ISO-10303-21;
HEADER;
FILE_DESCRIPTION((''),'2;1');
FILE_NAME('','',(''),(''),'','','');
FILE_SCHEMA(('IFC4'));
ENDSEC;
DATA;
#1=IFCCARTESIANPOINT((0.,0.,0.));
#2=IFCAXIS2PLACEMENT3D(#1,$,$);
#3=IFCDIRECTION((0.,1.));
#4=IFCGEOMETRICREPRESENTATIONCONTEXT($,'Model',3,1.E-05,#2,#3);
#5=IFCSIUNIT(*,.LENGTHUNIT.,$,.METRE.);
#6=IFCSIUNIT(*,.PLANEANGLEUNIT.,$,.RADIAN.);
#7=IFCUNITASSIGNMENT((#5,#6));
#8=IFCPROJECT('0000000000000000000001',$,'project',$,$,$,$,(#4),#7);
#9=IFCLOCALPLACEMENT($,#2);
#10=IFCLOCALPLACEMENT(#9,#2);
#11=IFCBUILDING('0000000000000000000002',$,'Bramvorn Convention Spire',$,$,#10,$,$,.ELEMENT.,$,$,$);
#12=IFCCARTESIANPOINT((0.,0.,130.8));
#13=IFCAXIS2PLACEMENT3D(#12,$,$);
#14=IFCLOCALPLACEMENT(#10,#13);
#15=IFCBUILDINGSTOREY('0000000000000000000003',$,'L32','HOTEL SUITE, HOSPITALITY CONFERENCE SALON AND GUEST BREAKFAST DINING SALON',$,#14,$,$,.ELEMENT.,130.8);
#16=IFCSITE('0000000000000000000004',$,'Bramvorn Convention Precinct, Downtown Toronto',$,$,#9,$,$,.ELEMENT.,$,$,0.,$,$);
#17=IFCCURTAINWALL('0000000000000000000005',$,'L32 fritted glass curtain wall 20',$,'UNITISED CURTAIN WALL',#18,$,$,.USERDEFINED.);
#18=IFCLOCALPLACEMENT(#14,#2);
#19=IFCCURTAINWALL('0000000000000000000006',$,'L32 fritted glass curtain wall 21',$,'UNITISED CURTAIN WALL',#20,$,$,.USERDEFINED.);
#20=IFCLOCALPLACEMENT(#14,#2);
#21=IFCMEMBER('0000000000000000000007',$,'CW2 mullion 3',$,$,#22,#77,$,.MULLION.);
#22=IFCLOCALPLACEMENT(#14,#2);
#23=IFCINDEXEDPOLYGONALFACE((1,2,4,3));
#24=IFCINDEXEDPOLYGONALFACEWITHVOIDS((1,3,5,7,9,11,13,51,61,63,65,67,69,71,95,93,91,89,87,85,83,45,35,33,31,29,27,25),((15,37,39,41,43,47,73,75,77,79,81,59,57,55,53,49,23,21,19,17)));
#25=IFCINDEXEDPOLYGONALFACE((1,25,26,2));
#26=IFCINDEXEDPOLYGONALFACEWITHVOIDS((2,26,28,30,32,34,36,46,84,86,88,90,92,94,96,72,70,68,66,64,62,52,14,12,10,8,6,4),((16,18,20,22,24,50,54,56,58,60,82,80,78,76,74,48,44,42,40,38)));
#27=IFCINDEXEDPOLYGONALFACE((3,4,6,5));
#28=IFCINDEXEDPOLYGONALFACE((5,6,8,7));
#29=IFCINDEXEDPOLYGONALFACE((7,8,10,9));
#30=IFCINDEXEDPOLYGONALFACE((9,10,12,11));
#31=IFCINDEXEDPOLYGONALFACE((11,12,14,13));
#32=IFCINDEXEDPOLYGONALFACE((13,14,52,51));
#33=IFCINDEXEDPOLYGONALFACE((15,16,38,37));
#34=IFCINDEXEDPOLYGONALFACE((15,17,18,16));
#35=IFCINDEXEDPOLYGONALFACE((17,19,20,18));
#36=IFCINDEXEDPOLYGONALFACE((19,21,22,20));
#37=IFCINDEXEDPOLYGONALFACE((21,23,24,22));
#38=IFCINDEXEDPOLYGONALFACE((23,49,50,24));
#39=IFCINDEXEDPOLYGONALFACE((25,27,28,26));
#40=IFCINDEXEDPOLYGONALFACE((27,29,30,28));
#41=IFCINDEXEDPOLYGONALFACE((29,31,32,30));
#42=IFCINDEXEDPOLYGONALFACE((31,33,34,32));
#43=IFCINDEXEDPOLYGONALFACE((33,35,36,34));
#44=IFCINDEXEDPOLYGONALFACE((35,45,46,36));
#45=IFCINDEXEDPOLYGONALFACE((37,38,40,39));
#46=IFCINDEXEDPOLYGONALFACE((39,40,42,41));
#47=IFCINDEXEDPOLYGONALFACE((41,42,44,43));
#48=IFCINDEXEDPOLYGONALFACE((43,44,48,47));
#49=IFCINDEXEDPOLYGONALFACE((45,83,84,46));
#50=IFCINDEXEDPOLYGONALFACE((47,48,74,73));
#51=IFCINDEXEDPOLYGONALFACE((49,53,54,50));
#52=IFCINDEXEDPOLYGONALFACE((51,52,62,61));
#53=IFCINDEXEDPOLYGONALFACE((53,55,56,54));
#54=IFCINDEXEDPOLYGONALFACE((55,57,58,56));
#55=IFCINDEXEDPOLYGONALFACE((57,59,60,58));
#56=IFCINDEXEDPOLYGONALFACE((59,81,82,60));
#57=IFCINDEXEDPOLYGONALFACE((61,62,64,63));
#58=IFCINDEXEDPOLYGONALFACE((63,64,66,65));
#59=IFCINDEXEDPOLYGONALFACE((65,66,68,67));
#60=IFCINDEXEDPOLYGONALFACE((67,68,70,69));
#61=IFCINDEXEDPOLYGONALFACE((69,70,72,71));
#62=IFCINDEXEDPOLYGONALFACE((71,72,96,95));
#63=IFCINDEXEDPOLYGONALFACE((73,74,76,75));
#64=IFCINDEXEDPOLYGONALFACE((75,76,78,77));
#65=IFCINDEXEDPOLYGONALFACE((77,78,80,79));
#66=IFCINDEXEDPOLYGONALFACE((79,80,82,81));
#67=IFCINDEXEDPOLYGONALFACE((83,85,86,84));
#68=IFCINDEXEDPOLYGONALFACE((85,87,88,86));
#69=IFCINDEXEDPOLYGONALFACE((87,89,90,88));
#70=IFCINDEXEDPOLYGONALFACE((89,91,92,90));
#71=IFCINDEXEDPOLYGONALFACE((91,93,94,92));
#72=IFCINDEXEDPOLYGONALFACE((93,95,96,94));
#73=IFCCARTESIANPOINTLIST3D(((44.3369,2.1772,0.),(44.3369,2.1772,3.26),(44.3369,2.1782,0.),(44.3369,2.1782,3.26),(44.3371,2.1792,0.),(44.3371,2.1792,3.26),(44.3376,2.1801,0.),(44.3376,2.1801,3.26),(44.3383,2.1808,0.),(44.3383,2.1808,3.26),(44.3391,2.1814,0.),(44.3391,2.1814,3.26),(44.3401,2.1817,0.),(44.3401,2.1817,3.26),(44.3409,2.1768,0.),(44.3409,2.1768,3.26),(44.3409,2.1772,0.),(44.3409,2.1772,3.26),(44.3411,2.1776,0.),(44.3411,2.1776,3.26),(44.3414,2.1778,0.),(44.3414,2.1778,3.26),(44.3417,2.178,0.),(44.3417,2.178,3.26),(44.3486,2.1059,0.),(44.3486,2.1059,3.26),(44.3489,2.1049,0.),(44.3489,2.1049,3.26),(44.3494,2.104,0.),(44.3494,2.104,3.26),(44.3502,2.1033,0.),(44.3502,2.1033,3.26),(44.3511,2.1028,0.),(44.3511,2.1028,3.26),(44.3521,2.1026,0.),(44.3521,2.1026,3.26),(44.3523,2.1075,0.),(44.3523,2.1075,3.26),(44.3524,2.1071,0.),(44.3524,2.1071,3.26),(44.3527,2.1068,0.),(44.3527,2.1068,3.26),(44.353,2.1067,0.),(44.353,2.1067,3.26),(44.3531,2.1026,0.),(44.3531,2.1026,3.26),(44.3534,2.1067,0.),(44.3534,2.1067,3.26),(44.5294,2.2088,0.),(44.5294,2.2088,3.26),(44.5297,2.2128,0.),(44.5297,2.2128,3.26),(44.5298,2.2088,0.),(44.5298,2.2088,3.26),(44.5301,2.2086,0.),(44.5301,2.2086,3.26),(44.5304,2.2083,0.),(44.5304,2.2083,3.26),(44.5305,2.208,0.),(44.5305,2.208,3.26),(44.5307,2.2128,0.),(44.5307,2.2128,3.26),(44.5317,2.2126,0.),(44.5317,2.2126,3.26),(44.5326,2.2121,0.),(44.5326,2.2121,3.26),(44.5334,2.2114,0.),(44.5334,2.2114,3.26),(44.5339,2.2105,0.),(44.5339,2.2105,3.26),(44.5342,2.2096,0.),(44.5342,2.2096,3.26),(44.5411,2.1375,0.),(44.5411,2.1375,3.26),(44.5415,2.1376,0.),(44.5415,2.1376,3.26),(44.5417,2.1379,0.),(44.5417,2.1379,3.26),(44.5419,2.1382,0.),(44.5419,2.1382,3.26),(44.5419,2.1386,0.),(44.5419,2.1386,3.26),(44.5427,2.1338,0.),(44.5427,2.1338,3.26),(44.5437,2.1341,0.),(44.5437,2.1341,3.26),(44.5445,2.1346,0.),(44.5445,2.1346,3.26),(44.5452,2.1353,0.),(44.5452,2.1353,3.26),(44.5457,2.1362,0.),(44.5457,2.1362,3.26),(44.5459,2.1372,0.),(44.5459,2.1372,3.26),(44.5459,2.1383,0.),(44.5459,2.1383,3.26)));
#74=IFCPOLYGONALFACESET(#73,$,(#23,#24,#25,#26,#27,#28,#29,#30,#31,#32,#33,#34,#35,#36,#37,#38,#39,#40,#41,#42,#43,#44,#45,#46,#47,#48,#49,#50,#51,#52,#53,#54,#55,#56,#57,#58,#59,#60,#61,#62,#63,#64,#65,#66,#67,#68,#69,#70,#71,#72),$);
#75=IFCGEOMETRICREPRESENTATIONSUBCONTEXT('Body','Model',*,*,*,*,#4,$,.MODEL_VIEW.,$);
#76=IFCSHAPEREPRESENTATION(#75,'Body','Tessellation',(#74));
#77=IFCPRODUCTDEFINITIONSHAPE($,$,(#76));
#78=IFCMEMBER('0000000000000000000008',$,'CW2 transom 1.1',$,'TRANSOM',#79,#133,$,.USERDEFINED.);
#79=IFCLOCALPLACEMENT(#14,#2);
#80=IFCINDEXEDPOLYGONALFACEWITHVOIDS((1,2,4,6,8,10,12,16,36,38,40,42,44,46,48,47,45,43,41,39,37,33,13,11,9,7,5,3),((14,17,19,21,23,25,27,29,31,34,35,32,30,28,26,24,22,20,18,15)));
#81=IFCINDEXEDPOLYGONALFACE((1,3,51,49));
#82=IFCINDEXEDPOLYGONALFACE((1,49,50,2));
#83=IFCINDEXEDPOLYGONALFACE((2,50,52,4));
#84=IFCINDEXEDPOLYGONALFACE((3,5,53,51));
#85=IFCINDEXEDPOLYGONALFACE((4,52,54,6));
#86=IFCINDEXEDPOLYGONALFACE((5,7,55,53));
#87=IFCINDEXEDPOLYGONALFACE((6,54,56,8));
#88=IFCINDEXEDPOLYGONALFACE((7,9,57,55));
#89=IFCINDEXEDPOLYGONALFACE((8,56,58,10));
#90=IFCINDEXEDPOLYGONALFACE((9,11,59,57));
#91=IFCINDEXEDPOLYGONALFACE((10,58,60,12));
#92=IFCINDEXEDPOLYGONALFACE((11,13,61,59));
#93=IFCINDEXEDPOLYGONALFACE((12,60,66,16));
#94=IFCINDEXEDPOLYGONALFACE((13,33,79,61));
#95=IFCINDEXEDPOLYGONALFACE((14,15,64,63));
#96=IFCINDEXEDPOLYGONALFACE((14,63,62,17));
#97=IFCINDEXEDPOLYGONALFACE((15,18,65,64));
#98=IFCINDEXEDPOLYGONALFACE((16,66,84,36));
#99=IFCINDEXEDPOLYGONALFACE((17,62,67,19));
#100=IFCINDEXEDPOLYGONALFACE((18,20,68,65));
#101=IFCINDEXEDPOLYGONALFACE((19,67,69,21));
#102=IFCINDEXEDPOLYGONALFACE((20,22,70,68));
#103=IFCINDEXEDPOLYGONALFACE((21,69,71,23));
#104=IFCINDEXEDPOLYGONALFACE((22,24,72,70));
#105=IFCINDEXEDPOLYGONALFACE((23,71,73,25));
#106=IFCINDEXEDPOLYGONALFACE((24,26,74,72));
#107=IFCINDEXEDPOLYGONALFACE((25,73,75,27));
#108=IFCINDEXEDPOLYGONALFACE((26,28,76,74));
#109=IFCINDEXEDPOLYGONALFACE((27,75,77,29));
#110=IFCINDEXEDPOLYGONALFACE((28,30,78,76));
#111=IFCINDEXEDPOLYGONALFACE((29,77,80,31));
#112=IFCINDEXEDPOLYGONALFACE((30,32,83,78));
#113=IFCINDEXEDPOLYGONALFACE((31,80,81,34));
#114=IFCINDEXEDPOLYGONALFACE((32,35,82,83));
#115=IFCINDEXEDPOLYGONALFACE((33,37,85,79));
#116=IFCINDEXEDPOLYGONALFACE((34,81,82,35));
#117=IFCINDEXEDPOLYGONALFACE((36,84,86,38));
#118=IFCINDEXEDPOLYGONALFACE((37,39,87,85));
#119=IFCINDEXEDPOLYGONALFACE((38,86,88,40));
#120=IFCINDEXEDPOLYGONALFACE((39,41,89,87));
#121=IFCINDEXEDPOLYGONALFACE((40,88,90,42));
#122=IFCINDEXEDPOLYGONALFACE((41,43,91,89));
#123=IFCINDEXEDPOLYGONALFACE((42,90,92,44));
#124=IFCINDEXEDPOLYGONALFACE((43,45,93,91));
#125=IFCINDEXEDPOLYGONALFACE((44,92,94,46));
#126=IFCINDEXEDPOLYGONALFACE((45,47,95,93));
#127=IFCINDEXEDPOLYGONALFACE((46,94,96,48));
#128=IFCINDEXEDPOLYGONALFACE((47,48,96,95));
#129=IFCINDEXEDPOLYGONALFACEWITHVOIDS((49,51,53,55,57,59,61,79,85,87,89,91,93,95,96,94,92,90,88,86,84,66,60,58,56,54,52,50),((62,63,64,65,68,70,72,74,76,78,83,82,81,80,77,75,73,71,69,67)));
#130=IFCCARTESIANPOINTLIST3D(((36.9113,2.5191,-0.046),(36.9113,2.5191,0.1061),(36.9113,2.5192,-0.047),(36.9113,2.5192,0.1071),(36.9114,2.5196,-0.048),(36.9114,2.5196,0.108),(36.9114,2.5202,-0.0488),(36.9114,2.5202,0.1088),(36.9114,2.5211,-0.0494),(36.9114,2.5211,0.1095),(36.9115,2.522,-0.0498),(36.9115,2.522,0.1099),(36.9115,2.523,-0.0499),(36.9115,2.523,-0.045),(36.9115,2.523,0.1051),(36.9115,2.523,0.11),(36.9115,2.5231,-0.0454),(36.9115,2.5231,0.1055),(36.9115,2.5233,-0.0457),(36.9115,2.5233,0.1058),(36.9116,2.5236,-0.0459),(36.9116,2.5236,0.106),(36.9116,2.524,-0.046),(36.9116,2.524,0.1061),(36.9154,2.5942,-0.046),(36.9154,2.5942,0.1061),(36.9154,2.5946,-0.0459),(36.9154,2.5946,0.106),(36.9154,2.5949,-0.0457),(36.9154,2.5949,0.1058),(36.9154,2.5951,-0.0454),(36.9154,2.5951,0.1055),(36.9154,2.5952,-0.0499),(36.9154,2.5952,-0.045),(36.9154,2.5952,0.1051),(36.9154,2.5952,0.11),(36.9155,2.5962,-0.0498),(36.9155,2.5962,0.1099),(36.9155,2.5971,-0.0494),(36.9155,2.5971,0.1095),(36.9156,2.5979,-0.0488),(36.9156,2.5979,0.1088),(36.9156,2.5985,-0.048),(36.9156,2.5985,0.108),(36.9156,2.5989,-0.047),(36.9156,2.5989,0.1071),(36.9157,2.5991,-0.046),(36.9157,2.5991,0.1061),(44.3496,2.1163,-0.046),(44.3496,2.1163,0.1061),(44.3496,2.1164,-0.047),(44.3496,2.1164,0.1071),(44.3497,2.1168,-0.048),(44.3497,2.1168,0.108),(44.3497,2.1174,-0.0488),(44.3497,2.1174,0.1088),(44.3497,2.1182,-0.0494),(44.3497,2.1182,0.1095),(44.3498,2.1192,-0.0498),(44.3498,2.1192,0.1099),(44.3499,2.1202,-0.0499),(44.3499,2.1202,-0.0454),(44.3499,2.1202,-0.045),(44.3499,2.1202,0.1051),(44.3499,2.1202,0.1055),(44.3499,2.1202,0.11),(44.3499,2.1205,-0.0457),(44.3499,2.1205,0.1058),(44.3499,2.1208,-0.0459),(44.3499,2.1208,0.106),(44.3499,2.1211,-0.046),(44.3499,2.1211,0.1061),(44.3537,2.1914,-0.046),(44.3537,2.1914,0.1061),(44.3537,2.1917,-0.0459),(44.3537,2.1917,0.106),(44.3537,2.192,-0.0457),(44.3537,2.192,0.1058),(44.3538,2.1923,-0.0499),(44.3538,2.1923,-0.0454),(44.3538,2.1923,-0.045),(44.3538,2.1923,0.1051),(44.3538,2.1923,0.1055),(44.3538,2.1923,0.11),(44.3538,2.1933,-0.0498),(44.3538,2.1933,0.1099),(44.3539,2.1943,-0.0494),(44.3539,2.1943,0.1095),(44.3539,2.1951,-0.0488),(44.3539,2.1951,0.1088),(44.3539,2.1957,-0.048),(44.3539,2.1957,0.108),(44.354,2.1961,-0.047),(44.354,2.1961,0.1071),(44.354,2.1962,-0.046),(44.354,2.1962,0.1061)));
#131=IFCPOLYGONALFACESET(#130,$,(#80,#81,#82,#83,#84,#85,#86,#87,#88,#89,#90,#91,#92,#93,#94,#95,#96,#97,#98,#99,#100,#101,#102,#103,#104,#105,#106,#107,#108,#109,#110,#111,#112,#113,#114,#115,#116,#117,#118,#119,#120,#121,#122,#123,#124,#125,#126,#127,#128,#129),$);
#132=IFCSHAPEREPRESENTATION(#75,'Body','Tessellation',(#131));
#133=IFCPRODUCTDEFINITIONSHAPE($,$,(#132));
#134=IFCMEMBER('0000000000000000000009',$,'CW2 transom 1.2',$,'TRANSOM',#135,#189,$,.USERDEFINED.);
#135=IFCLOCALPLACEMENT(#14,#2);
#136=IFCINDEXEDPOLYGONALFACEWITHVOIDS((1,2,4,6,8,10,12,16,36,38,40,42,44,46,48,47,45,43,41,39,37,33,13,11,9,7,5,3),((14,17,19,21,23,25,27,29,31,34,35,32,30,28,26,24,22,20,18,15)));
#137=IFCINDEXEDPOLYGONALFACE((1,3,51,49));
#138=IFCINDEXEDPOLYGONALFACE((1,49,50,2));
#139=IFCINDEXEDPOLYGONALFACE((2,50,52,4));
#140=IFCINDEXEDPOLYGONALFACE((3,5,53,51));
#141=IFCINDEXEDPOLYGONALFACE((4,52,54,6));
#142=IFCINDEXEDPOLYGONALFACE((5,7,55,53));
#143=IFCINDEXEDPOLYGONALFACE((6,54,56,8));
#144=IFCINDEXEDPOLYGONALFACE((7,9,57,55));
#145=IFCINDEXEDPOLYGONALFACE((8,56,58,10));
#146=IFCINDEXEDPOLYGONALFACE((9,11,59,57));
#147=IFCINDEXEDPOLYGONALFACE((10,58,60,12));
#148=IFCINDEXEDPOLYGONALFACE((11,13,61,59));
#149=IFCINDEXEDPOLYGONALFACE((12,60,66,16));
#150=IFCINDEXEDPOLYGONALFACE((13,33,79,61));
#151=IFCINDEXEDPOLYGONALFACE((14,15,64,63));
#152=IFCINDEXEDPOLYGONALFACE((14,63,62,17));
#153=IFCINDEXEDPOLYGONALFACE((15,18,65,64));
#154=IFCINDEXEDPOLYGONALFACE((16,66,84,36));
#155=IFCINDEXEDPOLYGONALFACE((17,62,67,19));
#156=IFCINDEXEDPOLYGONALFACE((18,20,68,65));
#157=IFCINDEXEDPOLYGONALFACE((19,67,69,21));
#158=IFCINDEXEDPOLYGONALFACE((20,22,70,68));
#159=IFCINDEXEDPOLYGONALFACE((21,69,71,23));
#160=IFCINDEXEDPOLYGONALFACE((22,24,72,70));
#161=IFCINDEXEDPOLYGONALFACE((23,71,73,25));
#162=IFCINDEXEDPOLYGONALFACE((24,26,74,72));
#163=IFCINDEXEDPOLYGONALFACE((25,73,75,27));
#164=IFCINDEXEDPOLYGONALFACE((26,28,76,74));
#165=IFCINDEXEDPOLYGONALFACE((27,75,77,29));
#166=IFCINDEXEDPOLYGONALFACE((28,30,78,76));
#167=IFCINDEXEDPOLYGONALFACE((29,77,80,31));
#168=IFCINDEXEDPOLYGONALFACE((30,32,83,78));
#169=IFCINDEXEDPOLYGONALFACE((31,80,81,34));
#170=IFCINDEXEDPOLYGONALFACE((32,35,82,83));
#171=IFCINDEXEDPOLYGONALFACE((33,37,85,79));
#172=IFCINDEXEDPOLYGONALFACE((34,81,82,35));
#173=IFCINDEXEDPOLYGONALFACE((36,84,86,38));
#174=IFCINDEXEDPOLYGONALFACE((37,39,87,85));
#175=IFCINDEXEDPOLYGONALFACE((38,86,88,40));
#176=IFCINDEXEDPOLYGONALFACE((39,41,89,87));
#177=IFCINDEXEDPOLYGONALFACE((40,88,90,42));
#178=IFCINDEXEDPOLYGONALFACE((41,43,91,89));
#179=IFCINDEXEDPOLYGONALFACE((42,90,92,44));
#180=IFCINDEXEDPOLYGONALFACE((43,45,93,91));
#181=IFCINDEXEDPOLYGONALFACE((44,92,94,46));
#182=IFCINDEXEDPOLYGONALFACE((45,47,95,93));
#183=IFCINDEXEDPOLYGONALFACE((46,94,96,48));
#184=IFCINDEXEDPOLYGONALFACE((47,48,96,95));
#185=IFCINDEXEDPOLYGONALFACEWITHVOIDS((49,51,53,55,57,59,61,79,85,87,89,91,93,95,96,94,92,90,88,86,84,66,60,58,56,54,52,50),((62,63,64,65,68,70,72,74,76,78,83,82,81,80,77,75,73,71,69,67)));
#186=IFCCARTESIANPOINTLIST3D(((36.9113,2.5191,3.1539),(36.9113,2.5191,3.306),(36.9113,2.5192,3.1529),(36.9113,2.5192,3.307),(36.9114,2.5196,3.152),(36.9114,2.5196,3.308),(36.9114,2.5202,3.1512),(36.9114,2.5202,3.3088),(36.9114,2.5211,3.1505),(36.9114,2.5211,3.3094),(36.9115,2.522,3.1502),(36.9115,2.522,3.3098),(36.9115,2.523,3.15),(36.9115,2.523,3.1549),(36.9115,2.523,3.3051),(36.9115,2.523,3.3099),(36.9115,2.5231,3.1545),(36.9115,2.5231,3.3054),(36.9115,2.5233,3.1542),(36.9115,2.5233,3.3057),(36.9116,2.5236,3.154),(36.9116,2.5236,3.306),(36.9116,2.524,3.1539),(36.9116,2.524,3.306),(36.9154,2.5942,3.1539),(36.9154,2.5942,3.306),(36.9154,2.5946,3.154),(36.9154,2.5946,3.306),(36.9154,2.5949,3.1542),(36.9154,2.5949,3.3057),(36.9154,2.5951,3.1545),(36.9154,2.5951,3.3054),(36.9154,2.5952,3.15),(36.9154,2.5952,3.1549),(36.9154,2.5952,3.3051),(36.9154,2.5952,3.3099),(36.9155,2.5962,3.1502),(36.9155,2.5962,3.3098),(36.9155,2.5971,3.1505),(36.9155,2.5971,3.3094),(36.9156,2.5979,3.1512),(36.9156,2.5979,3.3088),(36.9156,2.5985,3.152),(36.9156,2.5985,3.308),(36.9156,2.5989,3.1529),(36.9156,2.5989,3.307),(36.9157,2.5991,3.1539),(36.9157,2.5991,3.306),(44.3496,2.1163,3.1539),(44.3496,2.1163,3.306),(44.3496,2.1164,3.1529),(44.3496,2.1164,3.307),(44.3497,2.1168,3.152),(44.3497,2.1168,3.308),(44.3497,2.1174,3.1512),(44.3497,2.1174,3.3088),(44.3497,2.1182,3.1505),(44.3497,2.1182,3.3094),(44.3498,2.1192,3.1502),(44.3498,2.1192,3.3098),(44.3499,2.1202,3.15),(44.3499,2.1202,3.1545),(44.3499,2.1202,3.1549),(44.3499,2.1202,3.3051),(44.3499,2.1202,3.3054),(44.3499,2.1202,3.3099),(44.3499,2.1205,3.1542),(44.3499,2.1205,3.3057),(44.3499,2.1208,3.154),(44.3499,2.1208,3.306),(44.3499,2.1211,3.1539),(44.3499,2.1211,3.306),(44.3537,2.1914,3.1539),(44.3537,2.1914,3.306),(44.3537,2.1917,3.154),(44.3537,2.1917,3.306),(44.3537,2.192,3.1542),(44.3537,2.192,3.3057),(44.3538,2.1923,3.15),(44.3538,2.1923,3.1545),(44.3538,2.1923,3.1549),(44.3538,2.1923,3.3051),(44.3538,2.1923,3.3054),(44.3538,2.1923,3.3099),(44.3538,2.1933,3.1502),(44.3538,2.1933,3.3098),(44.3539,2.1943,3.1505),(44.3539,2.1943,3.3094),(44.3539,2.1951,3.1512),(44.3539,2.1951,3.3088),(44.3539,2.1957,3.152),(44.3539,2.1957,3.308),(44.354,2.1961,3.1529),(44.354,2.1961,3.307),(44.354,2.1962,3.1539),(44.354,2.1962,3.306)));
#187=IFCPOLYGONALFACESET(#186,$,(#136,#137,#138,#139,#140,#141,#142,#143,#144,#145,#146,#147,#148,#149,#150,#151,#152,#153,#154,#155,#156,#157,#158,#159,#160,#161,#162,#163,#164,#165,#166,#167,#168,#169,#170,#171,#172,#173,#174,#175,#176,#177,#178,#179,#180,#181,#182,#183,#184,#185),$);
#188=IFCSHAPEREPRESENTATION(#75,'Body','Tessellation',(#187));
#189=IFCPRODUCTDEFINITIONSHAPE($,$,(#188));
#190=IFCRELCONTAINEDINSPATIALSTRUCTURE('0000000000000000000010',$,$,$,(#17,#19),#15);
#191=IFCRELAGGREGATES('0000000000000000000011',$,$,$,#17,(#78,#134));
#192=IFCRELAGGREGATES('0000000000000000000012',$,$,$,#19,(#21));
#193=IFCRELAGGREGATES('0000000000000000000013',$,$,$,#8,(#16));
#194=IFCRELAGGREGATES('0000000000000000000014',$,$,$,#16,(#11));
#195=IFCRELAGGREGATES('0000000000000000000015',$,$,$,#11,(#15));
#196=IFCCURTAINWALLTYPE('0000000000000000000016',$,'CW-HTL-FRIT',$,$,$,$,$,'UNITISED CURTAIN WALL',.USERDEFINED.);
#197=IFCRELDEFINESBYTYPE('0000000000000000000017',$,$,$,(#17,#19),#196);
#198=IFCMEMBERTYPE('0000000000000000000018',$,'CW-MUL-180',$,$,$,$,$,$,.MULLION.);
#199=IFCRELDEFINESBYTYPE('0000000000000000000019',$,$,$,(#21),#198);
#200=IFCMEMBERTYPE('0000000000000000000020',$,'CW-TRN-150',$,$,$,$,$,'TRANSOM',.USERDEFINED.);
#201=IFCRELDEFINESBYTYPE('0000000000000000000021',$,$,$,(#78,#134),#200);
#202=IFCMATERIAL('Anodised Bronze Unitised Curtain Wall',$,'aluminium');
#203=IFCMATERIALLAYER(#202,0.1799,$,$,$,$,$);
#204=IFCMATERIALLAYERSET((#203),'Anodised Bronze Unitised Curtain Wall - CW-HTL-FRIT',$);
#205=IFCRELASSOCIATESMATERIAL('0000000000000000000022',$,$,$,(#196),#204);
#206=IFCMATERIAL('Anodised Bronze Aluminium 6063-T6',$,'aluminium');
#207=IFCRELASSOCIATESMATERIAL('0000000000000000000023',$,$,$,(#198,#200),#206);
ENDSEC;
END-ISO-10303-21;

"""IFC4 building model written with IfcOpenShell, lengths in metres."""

from ifc_helpers import new_model, si_unit, direction, frame, origin, origin_2d, place, context, subcontext, project, spatial, hollow_rectangle, extrude, material, layer, layer_set, material_profile, profile_set, type_object, element, aggregate, save


model = new_model("IFC4")

# Units and contexts
model_context = context("Model", 3, precision=1e-05, world=origin(), true_north=direction((0.0, 1.0)))
body_context = subcontext(model_context, "Body", "Model", "MODEL_VIEW")
ifc_project = project(units=[si_unit("LENGTHUNIT", "METRE"), si_unit("PLANEANGLEUNIT", "RADIAN")], contexts=[model_context])

# Site, building, storey
site_placement = place(None, origin())
site = spatial("IfcSite", under=ifc_project, at=site_placement, Name="Bramvorn Convention Precinct, Downtown Toronto", CompositionType="ELEMENT", RefElevation=0.0)
building_placement = place(site_placement, origin())
building = spatial("IfcBuilding", under=site, at=building_placement, Name="Bramvorn Convention Spire", CompositionType="ELEMENT")
storey_placement = place(building_placement, frame((0.0, 0.0, 130.8)))
storey = spatial("IfcBuildingStorey", under=building, at=storey_placement, Name="L32", Description="HOTEL SUITE, HOSPITALITY CONFERENCE SALON AND GUEST BREAKFAST DINING SALON", CompositionType="ELEMENT", Elevation=130.8)

# Curtain walls, member
ifc_material_1 = material(Name="Anodised Bronze Unitised Curtain Wall", Category="aluminium")
ifc_layer_1 = layer(ifc_material_1, 0.1799)
ifc_layer_set_1 = layer_set([ifc_layer_1], Name="Anodised Bronze Unitised Curtain Wall - CW-HTL-FRIT")
curtain_wall_type = type_object("IfcCurtainWallType", Name="CW-HTL-FRIT", ElementType="UNITISED CURTAIN WALL", PredefinedType="USERDEFINED", material=ifc_layer_set_1)
curtain_wall_1_placement = place(storey_placement, origin())
curtain_wall_1 = element("IfcCurtainWall", 1, at=curtain_wall_1_placement, inside=storey, type_object=curtain_wall_type, Name="L32 fritted glass curtain wall 20", ObjectType="UNITISED CURTAIN WALL", PredefinedType="USERDEFINED")
ifc_material_2 = material(Name="Anodised Bronze Aluminium 6063-T6", Category="aluminium")
ifc_material_profile_1 = material_profile(ifc_material_2, hollow_rectangle(XDim=0.0801, YDim=0.2, WallThickness=0.0039, InnerFilletRadius=0.001, OuterFilletRadius=0.0039, at=origin_2d()))
ifc_profile_set_1 = profile_set([ifc_material_profile_1], Name="Anodised Bronze Aluminium 6063-T6 - CWM80X200")
member_type_1 = type_object("IfcMemberType", Name="CW-MUL-180", PredefinedType="MULLION", material=ifc_profile_set_1)
curtain_wall_2_placement = place(storey_placement, origin())
curtain_wall_2 = element("IfcCurtainWall", 2, at=curtain_wall_2_placement, inside=storey, type_object=curtain_wall_type, Name="L32 fritted glass curtain wall 21", ObjectType="UNITISED CURTAIN WALL", PredefinedType="USERDEFINED")
member_1_placement = place(storey_placement, frame((44.4414, 2.1577, 0.0), z_axis=(0.0, 0.0, 1.0), x_axis=(0.162043, -0.986784, 0.0)))
member_1 = element("IfcMember", 3, at=member_1_placement, type_object=member_type_1, Name="CW2 mullion 3", PredefinedType="MULLION", context=body_context, shape_type="SweptSolid", body=[
    extrude(hollow_rectangle(XDim=0.0801, YDim=0.2, WallThickness=0.0039, InnerFilletRadius=0.001, OuterFilletRadius=0.0039, at=origin_2d()), origin(), (0.0, 0.0, 1.0), 3.26),
])

# Members
ifc_material_profile_2 = material_profile(ifc_material_2, hollow_rectangle(XDim=0.0801, YDim=0.1599, WallThickness=0.0039, InnerFilletRadius=0.001, OuterFilletRadius=0.0039, at=origin_2d()))
ifc_profile_set_2 = profile_set([ifc_material_profile_2], Name="Anodised Bronze Aluminium 6063-T6 - CWT80X160")
member_type_2 = type_object("IfcMemberType", Name="CW-TRN-150", ElementType="TRANSOM", PredefinedType="USERDEFINED", material=ifc_profile_set_2)
member_2_placement = place(storey_placement, frame((44.3518, 2.1562, 0.03), z_axis=(-0.998537, 0.054078, 0.0), x_axis=(-0.054078, -0.998537, 0.0)))
member_2 = element("IfcMember", 4, at=member_2_placement, type_object=member_type_2, Name="CW2 transom 1.1", ObjectType="TRANSOM", PredefinedType="USERDEFINED", context=body_context, shape_type="SweptSolid", body=[
    extrude(hollow_rectangle(XDim=0.0801, YDim=0.1599, WallThickness=0.0039, InnerFilletRadius=0.001, OuterFilletRadius=0.0039, at=origin_2d()), origin(), (0.0, 0.0, 1.0), 7.4492),
])
member_3_placement = place(storey_placement, frame((44.3518, 2.1562, 3.23), z_axis=(-0.998537, 0.054078, 0.0), x_axis=(-0.054078, -0.998537, 0.0)))
member_3 = element("IfcMember", 5, at=member_3_placement, type_object=member_type_2, Name="CW2 transom 1.2", ObjectType="TRANSOM", PredefinedType="USERDEFINED", context=body_context, shape_type="SweptSolid", body=[
    extrude(hollow_rectangle(XDim=0.0801, YDim=0.1599, WallThickness=0.0039, InnerFilletRadius=0.001, OuterFilletRadius=0.0039, at=origin_2d()), origin(), (0.0, 0.0, 1.0), 7.4492),
])

aggregate(curtain_wall_1, [member_2, member_3])
aggregate(curtain_wall_2, [member_1])

save(model, "model.ifc")
